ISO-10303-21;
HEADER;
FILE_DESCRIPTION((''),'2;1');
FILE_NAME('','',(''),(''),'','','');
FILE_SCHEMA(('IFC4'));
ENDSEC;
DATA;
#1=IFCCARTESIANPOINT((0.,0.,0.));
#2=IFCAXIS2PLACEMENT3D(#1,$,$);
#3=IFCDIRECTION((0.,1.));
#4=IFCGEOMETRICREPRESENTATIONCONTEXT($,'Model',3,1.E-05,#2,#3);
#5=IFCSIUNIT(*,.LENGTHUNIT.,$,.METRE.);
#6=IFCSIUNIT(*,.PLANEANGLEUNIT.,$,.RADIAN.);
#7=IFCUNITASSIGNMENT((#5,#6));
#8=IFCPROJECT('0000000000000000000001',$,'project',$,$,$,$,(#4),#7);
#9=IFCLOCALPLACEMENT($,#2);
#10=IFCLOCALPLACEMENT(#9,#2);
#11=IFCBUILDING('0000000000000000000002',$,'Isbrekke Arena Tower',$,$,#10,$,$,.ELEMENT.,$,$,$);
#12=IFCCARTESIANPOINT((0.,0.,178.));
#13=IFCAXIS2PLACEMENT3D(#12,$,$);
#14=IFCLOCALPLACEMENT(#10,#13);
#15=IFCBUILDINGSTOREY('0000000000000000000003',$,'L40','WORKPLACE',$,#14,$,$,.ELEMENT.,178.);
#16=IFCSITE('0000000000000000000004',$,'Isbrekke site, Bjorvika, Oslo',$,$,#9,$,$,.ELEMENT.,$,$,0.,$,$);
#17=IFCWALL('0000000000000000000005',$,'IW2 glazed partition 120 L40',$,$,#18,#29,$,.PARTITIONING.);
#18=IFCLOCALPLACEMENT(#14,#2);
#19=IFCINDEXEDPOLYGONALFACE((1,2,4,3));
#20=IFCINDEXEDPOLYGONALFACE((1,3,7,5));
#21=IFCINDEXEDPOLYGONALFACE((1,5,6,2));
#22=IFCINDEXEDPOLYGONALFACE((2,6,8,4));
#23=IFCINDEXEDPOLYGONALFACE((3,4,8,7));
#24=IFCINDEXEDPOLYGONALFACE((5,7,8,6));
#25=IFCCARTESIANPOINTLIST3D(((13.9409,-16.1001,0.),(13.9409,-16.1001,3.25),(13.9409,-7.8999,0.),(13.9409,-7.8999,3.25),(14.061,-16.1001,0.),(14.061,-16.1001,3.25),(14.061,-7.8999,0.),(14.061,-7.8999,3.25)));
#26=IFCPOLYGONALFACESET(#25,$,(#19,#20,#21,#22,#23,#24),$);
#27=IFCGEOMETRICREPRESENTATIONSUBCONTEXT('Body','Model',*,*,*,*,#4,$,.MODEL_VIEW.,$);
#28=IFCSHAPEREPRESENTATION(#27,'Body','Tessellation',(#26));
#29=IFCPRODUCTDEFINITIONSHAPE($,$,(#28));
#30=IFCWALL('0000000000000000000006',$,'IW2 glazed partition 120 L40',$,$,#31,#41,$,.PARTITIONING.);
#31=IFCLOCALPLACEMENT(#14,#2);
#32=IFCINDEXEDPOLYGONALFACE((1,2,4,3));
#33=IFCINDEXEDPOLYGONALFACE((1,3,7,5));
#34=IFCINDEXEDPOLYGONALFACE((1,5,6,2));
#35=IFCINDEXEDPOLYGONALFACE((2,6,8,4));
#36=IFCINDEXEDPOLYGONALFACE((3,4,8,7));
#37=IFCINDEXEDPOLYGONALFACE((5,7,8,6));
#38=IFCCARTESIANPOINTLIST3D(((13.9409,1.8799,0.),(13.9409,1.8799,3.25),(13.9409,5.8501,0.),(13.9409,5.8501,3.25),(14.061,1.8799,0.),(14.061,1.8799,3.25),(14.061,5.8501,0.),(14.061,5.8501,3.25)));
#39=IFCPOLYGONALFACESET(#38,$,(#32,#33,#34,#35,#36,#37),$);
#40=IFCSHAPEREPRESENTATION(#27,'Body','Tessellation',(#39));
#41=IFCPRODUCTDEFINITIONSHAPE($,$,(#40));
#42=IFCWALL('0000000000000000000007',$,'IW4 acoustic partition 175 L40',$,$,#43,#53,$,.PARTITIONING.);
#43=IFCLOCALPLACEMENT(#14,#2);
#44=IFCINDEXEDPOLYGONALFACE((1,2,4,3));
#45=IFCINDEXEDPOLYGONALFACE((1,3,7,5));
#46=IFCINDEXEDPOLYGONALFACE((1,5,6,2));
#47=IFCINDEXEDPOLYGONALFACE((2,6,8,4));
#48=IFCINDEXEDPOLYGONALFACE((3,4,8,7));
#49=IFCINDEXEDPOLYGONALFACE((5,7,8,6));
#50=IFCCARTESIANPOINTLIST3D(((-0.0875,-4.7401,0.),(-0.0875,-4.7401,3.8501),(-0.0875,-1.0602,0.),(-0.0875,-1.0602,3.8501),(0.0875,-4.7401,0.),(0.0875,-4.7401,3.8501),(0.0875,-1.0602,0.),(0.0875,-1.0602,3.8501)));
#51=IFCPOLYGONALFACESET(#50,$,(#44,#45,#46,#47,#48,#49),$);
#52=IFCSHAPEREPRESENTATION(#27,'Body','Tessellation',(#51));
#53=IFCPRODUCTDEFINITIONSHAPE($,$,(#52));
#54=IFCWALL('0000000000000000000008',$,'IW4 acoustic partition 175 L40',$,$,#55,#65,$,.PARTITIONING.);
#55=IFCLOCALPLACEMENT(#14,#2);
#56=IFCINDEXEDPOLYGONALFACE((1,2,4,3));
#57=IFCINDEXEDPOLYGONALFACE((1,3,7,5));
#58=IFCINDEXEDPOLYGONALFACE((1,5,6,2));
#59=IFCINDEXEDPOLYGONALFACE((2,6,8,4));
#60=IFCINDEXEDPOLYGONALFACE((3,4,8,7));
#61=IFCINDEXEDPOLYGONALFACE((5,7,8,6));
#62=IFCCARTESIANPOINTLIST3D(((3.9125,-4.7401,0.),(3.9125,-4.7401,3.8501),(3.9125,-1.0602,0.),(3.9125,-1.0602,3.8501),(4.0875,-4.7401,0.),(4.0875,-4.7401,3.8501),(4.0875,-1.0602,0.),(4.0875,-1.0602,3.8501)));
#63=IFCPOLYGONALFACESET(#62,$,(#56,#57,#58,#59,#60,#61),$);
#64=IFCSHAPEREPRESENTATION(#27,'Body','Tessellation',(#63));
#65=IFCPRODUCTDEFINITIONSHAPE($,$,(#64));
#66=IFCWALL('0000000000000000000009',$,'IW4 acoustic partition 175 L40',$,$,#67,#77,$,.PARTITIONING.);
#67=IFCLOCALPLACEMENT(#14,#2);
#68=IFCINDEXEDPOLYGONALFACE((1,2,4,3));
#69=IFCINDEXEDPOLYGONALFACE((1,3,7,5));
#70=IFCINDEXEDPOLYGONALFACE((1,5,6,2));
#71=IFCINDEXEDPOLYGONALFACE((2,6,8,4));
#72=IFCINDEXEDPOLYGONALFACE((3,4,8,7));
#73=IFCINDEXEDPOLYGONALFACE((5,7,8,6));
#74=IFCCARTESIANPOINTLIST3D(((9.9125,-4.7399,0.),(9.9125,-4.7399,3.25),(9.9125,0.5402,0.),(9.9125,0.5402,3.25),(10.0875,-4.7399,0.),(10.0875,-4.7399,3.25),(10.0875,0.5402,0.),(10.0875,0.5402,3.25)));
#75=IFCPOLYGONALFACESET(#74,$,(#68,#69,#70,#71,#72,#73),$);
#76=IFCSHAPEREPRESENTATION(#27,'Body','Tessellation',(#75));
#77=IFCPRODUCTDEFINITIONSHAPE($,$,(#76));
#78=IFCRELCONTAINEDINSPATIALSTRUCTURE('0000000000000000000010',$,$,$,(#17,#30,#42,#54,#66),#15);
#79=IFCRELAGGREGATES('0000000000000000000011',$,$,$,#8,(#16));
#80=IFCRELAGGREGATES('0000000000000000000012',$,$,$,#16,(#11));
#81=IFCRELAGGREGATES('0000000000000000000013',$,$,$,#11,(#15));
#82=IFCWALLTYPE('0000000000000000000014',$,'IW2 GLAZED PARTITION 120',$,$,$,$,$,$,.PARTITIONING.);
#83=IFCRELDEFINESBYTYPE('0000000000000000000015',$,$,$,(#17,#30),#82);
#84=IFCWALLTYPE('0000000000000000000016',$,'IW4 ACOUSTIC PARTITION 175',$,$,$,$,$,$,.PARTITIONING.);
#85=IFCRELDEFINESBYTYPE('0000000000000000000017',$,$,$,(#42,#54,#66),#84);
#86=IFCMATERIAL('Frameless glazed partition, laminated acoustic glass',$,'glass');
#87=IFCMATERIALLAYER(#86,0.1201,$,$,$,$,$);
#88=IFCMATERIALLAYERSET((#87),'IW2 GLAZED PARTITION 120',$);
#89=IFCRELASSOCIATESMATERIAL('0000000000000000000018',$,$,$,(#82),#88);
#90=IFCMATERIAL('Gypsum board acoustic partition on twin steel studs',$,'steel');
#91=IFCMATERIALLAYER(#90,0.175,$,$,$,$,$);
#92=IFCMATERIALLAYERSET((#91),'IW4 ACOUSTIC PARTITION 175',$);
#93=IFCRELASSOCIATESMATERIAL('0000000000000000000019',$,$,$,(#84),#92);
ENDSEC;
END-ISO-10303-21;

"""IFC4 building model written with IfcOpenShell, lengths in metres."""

from ifc_helpers import new_model, si_unit, direction, frame, frame_2d, origin, place, context, subcontext, project, spatial, rectangle, extrude, material, layer, layer_set, type_object, element, save


model = new_model("IFC4")

# Units and contexts
model_context = context("Model", 3, precision=1e-05, world=origin(), true_north=direction((0.0, 1.0)))
body_context = subcontext(model_context, "Body", "Model", "MODEL_VIEW")
ifc_project = project(units=[si_unit("LENGTHUNIT", "METRE"), si_unit("PLANEANGLEUNIT", "RADIAN")], contexts=[model_context])

# Site, building, storey
site_placement = place(None, origin())
site = spatial("IfcSite", under=ifc_project, at=site_placement, Name="Isbrekke site, Bjorvika, Oslo", CompositionType="ELEMENT", RefElevation=0.0)
building_placement = place(site_placement, origin())
building = spatial("IfcBuilding", under=site, at=building_placement, Name="Isbrekke Arena Tower", CompositionType="ELEMENT")
storey_placement = place(building_placement, frame((0.0, 0.0, 178.0)))
storey = spatial("IfcBuildingStorey", under=building, at=storey_placement, Name="L40", Description="WORKPLACE", CompositionType="ELEMENT", Elevation=178.0)

# Shared definitions
ifc_material_1 = material(Name="Frameless glazed partition, laminated acoustic glass", Category="glass")
ifc_layer_1 = layer(ifc_material_1, 0.1201)
ifc_layer_set_1 = layer_set([ifc_layer_1], Name="IW2 GLAZED PARTITION 120")
wall_type_1 = type_object("IfcWallType", Name="IW2 GLAZED PARTITION 120", PredefinedType="PARTITIONING", material=ifc_layer_set_1)

# Walls
wall_1_placement = place(storey_placement, frame((14.001, -16.1001, 0.0), z_axis=(0.0, 0.0, 1.0), x_axis=(0.0, 1.0, 0.0)))
element("IfcWall", 1, at=wall_1_placement, inside=storey, type_object=wall_type_1, Name="IW2 glazed partition 120 L40", PredefinedType="PARTITIONING", context=body_context, shape_type="SweptSolid", body=[
    extrude(rectangle(XDim=8.2002, YDim=0.1201, at=frame_2d((4.1001, 0.0))), origin(), (0.0, 0.0, 1.0), 3.25),
])
wall_2_placement = place(storey_placement, frame((14.001, 1.8799, 0.0), z_axis=(0.0, 0.0, 1.0), x_axis=(0.0, 1.0, 0.0)))
element("IfcWall", 2, at=wall_2_placement, inside=storey, type_object=wall_type_1, Name="IW2 glazed partition 120 L40", PredefinedType="PARTITIONING", context=body_context, shape_type="SweptSolid", body=[
    extrude(rectangle(XDim=3.9702, YDim=0.1201, at=frame_2d((1.9851, 0.0))), origin(), (0.0, 0.0, 1.0), 3.25),
])
ifc_material_2 = material(Name="Gypsum board acoustic partition on twin steel studs", Category="steel")
ifc_layer_2 = layer(ifc_material_2, 0.175)
ifc_layer_set_2 = layer_set([ifc_layer_2], Name="IW4 ACOUSTIC PARTITION 175")
wall_type_2 = type_object("IfcWallType", Name="IW4 ACOUSTIC PARTITION 175", PredefinedType="PARTITIONING", material=ifc_layer_set_2)
for number, where, z_axis, x_axis, name in (
    (3, (0.0, -4.74, 0.0), (0.0, 0.0, 1.0), (0.0, 1.0, 0.0), "IW4 acoustic partition 175 L40"),
    (4, (4.0, -4.74, 0.0), (0.0, 0.0, 1.0), (0.0, 1.0, 0.0), "IW4 acoustic partition 175 L40"),
):
    element("IfcWall", number, at=place(storey_placement, frame(where, z_axis=z_axis, x_axis=x_axis)), inside=storey, type_object=wall_type_2, Name=name, PredefinedType="PARTITIONING", context=body_context, shape_type="SweptSolid", body=[
        extrude(rectangle(XDim=3.6799, YDim=0.175, at=frame_2d((1.8398, 0.0))), origin(), (0.0, 0.0, 1.0), 3.8501),
    ])
wall_3_placement = place(storey_placement, frame((10.0, -4.74, 0.0), z_axis=(0.0, 0.0, 1.0), x_axis=(0.0, 1.0, 0.0)))
element("IfcWall", 5, at=wall_3_placement, inside=storey, type_object=wall_type_2, Name="IW4 acoustic partition 175 L40", PredefinedType="PARTITIONING", context=body_context, shape_type="SweptSolid", body=[
    extrude(rectangle(XDim=5.28, YDim=0.175, at=frame_2d((2.6401, 0.0))), origin(), (0.0, 0.0, 1.0), 3.25),
])

save(model, "model.ifc")
